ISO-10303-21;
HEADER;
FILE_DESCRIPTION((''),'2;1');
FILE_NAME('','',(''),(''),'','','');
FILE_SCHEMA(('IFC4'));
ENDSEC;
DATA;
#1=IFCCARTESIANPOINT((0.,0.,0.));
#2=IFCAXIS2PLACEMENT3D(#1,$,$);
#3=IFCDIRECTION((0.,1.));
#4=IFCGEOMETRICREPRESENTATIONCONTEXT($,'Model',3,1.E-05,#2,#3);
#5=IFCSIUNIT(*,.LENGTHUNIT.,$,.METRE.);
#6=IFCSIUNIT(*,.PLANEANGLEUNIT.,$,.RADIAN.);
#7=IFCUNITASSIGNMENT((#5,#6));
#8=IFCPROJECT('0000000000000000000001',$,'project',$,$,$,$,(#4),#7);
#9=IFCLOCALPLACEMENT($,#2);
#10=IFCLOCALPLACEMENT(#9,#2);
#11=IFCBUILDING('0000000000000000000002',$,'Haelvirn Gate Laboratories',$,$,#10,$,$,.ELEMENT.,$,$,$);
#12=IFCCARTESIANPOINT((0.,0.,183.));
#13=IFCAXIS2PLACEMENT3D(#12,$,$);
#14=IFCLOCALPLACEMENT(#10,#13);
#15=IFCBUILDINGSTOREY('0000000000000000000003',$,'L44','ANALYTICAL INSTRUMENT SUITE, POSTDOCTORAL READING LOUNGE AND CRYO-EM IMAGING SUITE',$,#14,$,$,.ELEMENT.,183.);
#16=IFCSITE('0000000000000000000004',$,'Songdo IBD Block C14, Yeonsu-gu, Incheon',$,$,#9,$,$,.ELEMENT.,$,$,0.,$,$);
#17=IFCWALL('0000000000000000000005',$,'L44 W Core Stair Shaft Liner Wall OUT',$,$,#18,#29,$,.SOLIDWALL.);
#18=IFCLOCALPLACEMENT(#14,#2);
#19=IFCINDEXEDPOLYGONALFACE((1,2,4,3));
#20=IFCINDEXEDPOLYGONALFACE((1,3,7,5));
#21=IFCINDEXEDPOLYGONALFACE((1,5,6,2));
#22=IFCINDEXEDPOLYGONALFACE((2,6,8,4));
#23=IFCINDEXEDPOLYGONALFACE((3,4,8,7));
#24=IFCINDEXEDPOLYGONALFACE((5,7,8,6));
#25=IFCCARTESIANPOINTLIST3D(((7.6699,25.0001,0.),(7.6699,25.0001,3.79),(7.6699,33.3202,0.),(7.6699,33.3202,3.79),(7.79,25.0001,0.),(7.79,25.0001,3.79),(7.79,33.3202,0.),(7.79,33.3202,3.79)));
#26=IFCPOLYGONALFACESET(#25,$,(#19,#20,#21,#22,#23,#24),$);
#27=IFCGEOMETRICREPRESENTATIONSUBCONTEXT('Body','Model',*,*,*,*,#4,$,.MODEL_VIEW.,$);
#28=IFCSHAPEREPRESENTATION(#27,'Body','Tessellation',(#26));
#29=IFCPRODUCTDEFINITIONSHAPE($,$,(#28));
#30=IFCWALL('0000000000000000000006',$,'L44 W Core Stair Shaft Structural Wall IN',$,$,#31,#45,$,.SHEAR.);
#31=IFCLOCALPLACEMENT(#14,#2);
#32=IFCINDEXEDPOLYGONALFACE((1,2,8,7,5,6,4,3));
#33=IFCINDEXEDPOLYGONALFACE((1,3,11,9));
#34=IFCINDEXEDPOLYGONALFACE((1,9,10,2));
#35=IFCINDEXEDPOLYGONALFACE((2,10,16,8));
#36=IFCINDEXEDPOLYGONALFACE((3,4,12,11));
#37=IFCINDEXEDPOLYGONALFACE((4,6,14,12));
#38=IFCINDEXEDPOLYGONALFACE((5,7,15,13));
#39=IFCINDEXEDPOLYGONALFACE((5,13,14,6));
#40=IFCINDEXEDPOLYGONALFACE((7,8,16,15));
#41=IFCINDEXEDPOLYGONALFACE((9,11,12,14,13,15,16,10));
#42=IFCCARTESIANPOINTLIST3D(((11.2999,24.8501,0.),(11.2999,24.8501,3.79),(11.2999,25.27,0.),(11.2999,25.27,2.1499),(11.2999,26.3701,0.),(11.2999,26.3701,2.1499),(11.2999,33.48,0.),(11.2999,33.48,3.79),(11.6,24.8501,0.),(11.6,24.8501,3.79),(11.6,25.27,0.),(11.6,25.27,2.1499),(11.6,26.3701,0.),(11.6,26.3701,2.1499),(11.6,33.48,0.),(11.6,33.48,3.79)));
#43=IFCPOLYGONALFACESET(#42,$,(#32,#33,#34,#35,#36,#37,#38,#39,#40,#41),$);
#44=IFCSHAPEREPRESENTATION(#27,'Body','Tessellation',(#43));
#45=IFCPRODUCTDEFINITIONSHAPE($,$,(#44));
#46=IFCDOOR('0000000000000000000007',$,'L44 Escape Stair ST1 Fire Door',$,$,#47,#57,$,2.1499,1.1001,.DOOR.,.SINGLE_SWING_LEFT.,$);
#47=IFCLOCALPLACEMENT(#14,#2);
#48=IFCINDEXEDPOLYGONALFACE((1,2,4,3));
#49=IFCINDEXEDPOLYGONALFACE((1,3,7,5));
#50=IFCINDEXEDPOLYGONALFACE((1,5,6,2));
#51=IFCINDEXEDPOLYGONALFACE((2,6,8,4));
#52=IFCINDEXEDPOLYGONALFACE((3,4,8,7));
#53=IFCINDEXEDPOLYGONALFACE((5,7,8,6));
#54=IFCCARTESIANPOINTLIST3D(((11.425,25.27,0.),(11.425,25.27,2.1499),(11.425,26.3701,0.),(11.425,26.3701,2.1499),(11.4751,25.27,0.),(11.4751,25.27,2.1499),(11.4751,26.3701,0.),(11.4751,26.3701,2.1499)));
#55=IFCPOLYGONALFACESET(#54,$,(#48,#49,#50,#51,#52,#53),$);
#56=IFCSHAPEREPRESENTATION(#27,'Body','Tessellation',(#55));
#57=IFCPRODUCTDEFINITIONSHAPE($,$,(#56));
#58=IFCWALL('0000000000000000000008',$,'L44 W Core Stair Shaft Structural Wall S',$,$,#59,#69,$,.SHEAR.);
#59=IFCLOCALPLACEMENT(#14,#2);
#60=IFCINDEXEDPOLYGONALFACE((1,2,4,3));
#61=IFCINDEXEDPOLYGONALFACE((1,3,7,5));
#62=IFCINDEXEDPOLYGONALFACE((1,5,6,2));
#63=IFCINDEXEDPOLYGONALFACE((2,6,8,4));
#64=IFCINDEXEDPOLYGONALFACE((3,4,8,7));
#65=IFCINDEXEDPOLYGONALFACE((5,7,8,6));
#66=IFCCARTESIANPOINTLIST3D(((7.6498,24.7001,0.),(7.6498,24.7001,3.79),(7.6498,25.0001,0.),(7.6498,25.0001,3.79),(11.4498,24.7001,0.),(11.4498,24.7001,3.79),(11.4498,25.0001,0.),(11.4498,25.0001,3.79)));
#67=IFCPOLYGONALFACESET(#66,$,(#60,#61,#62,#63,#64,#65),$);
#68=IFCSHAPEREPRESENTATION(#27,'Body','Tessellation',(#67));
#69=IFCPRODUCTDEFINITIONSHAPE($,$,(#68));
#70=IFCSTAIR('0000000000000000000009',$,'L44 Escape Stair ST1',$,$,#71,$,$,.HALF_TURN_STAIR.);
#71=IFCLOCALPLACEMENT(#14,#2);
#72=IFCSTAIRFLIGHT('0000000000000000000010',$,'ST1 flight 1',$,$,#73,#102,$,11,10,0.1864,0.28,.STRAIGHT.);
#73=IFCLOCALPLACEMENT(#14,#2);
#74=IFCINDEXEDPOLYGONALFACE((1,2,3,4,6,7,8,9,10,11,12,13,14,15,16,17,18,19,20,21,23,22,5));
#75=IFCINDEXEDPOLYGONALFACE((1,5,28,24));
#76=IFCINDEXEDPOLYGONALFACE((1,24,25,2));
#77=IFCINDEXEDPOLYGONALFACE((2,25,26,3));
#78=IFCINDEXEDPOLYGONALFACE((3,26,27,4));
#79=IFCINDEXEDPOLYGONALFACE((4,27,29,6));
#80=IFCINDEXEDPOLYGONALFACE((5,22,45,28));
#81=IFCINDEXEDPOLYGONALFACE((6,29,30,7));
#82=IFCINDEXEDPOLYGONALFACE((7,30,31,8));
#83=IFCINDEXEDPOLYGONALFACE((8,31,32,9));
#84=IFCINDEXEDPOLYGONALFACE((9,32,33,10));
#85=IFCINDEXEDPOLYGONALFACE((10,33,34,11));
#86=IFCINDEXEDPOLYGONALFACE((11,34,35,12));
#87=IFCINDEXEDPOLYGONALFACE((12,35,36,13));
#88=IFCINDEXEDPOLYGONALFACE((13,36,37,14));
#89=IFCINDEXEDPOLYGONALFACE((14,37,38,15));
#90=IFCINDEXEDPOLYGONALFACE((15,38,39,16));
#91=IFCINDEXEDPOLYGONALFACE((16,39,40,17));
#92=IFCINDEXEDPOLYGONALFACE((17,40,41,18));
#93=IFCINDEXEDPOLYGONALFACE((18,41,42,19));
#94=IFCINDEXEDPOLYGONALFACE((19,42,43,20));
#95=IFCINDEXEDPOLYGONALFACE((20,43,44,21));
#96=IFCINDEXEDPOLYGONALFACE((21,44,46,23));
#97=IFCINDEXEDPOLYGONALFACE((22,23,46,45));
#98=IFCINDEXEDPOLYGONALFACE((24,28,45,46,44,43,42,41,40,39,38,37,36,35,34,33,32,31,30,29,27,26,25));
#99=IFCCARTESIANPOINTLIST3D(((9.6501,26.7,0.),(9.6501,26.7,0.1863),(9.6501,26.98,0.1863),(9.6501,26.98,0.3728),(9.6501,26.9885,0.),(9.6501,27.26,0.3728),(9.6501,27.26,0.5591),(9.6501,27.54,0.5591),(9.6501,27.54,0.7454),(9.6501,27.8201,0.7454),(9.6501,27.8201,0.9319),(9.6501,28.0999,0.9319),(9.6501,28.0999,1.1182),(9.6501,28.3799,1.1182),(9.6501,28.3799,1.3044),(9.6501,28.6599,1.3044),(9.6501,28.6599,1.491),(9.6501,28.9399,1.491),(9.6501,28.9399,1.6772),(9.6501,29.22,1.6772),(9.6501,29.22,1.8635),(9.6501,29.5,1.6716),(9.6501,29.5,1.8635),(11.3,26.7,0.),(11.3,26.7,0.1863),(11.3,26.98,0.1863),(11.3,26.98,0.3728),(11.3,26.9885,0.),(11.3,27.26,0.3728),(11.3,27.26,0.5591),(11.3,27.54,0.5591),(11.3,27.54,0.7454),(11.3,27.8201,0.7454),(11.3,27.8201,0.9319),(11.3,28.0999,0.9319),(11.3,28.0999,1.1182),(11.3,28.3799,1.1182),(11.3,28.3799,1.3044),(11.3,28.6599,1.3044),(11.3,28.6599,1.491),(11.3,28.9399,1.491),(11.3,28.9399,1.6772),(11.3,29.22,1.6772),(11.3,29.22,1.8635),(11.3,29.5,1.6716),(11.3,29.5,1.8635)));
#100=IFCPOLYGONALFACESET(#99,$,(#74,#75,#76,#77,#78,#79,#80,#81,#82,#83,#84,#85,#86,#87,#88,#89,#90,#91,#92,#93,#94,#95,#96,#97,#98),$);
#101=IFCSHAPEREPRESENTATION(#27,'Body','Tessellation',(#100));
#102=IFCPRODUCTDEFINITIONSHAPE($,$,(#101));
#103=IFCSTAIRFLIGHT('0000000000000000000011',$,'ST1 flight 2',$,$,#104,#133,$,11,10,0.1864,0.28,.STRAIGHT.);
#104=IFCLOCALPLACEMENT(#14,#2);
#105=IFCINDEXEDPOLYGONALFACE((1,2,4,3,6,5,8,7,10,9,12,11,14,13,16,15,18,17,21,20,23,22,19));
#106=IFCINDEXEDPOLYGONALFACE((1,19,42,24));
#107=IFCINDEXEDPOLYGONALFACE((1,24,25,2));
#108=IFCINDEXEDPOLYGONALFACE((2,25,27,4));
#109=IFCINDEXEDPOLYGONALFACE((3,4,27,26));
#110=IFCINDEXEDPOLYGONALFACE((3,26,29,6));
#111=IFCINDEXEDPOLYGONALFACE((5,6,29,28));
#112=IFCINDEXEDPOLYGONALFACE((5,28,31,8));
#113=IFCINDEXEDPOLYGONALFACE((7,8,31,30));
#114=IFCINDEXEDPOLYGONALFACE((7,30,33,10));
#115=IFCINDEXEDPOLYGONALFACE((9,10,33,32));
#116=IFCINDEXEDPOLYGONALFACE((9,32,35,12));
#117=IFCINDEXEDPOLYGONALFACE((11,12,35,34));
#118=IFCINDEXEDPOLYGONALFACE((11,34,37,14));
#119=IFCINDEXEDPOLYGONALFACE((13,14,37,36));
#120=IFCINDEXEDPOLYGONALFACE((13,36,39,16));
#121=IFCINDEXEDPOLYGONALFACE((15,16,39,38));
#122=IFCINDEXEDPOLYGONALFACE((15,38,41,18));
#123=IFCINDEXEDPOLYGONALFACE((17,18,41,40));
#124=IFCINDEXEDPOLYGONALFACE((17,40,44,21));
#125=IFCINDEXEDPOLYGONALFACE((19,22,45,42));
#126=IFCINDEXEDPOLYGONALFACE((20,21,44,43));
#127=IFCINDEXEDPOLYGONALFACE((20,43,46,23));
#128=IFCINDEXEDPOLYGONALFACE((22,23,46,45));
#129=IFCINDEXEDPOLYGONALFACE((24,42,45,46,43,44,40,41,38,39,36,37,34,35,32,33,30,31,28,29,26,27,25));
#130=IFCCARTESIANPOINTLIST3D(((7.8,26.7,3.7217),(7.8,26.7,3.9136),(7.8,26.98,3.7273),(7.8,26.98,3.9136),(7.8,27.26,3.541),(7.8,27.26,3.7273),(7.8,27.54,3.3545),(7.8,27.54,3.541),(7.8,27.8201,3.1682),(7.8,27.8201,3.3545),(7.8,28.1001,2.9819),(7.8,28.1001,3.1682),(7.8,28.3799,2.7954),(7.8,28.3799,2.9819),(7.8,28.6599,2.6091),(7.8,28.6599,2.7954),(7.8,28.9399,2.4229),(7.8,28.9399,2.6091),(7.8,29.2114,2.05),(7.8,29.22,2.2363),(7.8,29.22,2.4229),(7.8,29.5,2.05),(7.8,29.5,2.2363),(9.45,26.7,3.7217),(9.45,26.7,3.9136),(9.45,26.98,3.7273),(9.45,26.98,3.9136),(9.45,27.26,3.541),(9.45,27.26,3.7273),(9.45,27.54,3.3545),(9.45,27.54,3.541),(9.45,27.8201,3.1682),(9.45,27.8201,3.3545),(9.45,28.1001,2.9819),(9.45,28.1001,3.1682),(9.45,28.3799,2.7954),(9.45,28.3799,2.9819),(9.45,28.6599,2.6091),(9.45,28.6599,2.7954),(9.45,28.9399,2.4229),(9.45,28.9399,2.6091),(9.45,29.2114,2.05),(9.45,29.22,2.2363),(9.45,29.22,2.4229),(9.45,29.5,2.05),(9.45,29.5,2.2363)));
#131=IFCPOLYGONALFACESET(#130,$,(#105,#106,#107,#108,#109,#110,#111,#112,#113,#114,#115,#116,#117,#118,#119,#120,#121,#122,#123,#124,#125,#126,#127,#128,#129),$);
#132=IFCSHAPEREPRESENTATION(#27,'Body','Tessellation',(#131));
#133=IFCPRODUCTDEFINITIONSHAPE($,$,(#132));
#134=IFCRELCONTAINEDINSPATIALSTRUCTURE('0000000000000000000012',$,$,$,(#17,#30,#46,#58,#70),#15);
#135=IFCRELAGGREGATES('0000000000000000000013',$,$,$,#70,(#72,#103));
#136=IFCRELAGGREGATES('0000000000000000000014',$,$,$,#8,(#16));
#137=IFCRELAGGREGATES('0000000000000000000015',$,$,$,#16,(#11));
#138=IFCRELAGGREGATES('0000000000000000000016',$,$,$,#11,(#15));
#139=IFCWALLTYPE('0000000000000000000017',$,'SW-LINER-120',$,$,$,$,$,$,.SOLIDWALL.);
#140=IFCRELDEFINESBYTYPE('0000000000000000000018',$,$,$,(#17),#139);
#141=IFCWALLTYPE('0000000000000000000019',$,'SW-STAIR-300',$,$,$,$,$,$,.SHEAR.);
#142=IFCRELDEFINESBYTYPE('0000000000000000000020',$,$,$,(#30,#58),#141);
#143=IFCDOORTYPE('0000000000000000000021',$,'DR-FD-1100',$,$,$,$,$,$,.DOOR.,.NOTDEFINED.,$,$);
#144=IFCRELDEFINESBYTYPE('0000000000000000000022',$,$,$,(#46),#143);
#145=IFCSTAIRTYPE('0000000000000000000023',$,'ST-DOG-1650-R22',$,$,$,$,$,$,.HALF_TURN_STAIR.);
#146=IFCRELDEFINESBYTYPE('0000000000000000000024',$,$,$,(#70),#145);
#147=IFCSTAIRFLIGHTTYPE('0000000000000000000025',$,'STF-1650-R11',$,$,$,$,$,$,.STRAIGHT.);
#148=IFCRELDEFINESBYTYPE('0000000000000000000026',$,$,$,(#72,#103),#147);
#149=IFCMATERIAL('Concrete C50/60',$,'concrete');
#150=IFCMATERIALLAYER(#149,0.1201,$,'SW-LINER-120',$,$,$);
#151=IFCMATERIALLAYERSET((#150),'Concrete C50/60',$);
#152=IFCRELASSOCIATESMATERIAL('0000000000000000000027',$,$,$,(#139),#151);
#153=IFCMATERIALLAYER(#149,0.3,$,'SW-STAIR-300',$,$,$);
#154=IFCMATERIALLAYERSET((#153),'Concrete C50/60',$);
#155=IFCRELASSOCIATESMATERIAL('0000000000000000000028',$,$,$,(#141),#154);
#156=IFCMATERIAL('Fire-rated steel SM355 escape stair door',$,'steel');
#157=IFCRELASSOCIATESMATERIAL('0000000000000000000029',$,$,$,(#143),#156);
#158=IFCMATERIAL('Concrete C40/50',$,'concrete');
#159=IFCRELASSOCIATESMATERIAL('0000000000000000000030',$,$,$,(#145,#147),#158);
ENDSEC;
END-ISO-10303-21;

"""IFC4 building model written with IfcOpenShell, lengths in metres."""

from ifc_helpers import new_model, si_unit, direction, frame, frame_2d, origin, place, context, subcontext, project, spatial, polyline, rectangle, outline, extrude, source, transform, mapped, material, layer, layer_set, type_object, type_shapes, element, fill, aggregate, save


model = new_model("IFC4")

# Units and contexts
model_context = context("Model", 3, precision=1e-05, world=origin(), true_north=direction((0.0, 1.0)))
body_context = subcontext(model_context, "Body", "Model", "MODEL_VIEW")
ifc_project = project(units=[si_unit("LENGTHUNIT", "METRE"), si_unit("PLANEANGLEUNIT", "RADIAN")], contexts=[model_context])

# Site, building, storey
site_placement = place(None, origin())
site = spatial("IfcSite", under=ifc_project, at=site_placement, Name="Songdo IBD Block C14, Yeonsu-gu, Incheon", CompositionType="ELEMENT", RefElevation=0.0)
building_placement = place(site_placement, origin())
building = spatial("IfcBuilding", under=site, at=building_placement, Name="Haelvirn Gate Laboratories", CompositionType="ELEMENT")
storey_placement = place(building_placement, frame((0.0, 0.0, 183.0)))
storey = spatial("IfcBuildingStorey", under=building, at=storey_placement, Name="L44", Description="ANALYTICAL INSTRUMENT SUITE, POSTDOCTORAL READING LOUNGE AND CRYO-EM IMAGING SUITE", CompositionType="ELEMENT", Elevation=183.0)

# Shared definitions
ifc_material_1 = material(Name="Concrete C50/60", Category="concrete")

# Shared definitions
ifc_material_2 = material(Name="Concrete C40/50", Category="concrete")

# Wall
ifc_layer_1 = layer(ifc_material_1, 0.1201, Name="SW-LINER-120")
ifc_layer_set_1 = layer_set([ifc_layer_1], Name="Concrete C50/60")
wall_type_1 = type_object("IfcWallType", Name="SW-LINER-120", PredefinedType="SOLIDWALL", material=ifc_layer_set_1)
wall_1_placement = place(storey_placement, frame((7.73, 25.0, 0.0), z_axis=(0.0, 0.0, 1.0), x_axis=(0.0, 1.0, 0.0)))
element("IfcWall", 1, at=wall_1_placement, inside=storey, type_object=wall_type_1, Name="L44 W Core Stair Shaft Liner Wall OUT", PredefinedType="SOLIDWALL", context=body_context, shape_type="SweptSolid", body=[
    extrude(rectangle(XDim=8.3201, YDim=0.1201, at=frame_2d((4.1602, 0.0))), origin(), (0.0, 0.0, 1.0), 3.79),
])

# Wall, opening, door
ifc_layer_2 = layer(ifc_material_1, 0.3, Name="SW-STAIR-300")
ifc_layer_set_2 = layer_set([ifc_layer_2], Name="Concrete C50/60")
wall_type_2 = type_object("IfcWallType", Name="SW-STAIR-300", PredefinedType="SHEAR", material=ifc_layer_set_2)
wall_2_placement = place(storey_placement, frame((11.45, 24.8501, 0.0), z_axis=(0.0, 0.0, 1.0), x_axis=(0.0, 1.0, 0.0)))
wall_2 = element("IfcWall", 2, at=wall_2_placement, inside=storey, type_object=wall_type_2, Name="L44 W Core Stair Shaft Structural Wall IN", PredefinedType="SHEAR", context=body_context, shape_type="SweptSolid", body=[
    extrude(rectangle(XDim=8.6299, YDim=0.3, at=frame_2d((4.3149, 0.0))), origin(), (0.0, 0.0, 1.0), 3.79),
])
opening_1_placement = place(wall_2_placement, frame((0.4199, 0.0, 0.0)))
opening_1 = element("IfcOpeningElement", 3, at=opening_1_placement, cuts=wall_2, PredefinedType="OPENING", context=body_context, shape_type="SweptSolid", body=[
    extrude(rectangle(XDim=1.1001, YDim=2.1499, at=frame_2d((0.55, 1.075))), frame((0.0, 0.1602, 0.0), z_axis=(0.0, -1.0, 0.0), x_axis=(1.0, 0.0, 0.0)), (0.0, 0.0, 1.0), 0.3201),
])
ifc_material_3 = material(Name="Fire-rated steel SM355 escape stair door", Category="steel")
door_type_1 = type_object("IfcDoorType", Name="DR-FD-1100", OperationType="NOTDEFINED", PredefinedType="DOOR", material=ifc_material_3)
shared_shape_1 = source(origin(), body_context, "Body", "SweptSolid", [
    extrude(rectangle(XDim=1.1001, YDim=2.1499, at=frame_2d((0.55, 1.075))), frame((0.0, 0.0249, 0.0), z_axis=(0.0, -1.0, 0.0), x_axis=(1.0, 0.0, 0.0)), (0.0, 0.0, 1.0), 0.05),
])
type_shapes(door_type_1, [shared_shape_1])
door_1_placement = place(opening_1_placement, origin())
door_1 = element("IfcDoor", 4, at=door_1_placement, inside=storey, type_object=door_type_1, Name="L44 Escape Stair ST1 Fire Door", OperationType="SINGLE_SWING_LEFT", OverallHeight=2.1499, OverallWidth=1.1001, PredefinedType="DOOR", context=body_context, shape_type="MappedRepresentation", body=[
    mapped(shared_shape_1, transform((0.0, 0.0, 0.0), scale=1.0)),
])
fill(opening_1, door_1)

# Wall
wall_3_placement = place(storey_placement, frame((7.6499, 24.8501, 0.0), z_axis=(0.0, 0.0, 1.0), x_axis=(1.0, 0.0, 0.0)))
element("IfcWall", 5, at=wall_3_placement, inside=storey, type_object=wall_type_2, Name="L44 W Core Stair Shaft Structural Wall S", PredefinedType="SHEAR", context=body_context, shape_type="SweptSolid", body=[
    extrude(rectangle(XDim=3.8, YDim=0.3, at=frame_2d((1.8999, 0.0))), origin(), (0.0, 0.0, 1.0), 3.79),
])

# Stair, stair flights
stair_type = type_object("IfcStairType", Name="ST-DOG-1650-R22", PredefinedType="HALF_TURN_STAIR", material=ifc_material_2)
stair_placement = place(storey_placement, origin())
stair = element("IfcStair", 6, at=stair_placement, inside=storey, type_object=stair_type, Name="L44 Escape Stair ST1", PredefinedType="HALF_TURN_STAIR")
stair_flight_type = type_object("IfcStairFlightType", Name="STF-1650-R11", PredefinedType="STRAIGHT", material=ifc_material_2)
shared_shape_2 = source(origin(), body_context, "Body", "SweptSolid", [
    extrude(outline(polyline([(0.0, 0.0), (0.0, 0.1863), (0.28, 0.1863), (0.28, 0.3728), (0.5601, 0.3728), (0.5601, 0.5591), (0.8401, 0.5591), (0.8401, 0.7454), (1.1201, 0.7454), (1.1201, 0.9319), (1.3999, 0.9319), (1.3999, 1.1182), (1.6799, 1.1182), (1.6799, 1.3044), (1.96, 1.3044), (1.96, 1.491), (2.24, 1.491), (2.24, 1.6772), (2.52, 1.6772), (2.52, 1.8635), (2.8, 1.8635), (2.8, 2.05), (2.8, 1.6716), (0.2886, 0.0), (0.0, 0.0)])), frame((0.0, 0.825, 0.0), z_axis=(0.0, -1.0, 0.0), x_axis=(1.0, 0.0, 0.0)), (0.0, 0.0, 1.0), 1.6499),
])
type_shapes(stair_flight_type, [shared_shape_2])
stair_flight_1_placement = place(storey_placement, frame((10.4751, 26.7, 0.0), z_axis=(0.0, 0.0, 1.0), x_axis=(0.0, 1.0, 0.0)))
stair_flight_1 = element("IfcStairFlight", 7, at=stair_flight_1_placement, type_object=stair_flight_type, Name="ST1 flight 1", NumberOfRisers=11, NumberOfTreads=10, PredefinedType="STRAIGHT", RiserHeight=0.1864, TreadLength=0.28, context=body_context, shape_type="MappedRepresentation", body=[
    mapped(shared_shape_2, transform((0.0, 0.0, 0.0), scale=1.0)),
])
stair_flight_2_placement = place(storey_placement, frame((8.625, 29.5, 2.05), z_axis=(0.0, 0.0, 1.0), x_axis=(0.0, -1.0, 0.0)))
stair_flight_2 = element("IfcStairFlight", 8, at=stair_flight_2_placement, type_object=stair_flight_type, Name="ST1 flight 2", NumberOfRisers=11, NumberOfTreads=10, PredefinedType="STRAIGHT", RiserHeight=0.1864, TreadLength=0.28, context=body_context, shape_type="MappedRepresentation", body=[
    mapped(shared_shape_2, transform((0.0, 0.0, 0.0), scale=1.0)),
])
aggregate(stair, [stair_flight_1, stair_flight_2])

save(model, "model.ifc")
